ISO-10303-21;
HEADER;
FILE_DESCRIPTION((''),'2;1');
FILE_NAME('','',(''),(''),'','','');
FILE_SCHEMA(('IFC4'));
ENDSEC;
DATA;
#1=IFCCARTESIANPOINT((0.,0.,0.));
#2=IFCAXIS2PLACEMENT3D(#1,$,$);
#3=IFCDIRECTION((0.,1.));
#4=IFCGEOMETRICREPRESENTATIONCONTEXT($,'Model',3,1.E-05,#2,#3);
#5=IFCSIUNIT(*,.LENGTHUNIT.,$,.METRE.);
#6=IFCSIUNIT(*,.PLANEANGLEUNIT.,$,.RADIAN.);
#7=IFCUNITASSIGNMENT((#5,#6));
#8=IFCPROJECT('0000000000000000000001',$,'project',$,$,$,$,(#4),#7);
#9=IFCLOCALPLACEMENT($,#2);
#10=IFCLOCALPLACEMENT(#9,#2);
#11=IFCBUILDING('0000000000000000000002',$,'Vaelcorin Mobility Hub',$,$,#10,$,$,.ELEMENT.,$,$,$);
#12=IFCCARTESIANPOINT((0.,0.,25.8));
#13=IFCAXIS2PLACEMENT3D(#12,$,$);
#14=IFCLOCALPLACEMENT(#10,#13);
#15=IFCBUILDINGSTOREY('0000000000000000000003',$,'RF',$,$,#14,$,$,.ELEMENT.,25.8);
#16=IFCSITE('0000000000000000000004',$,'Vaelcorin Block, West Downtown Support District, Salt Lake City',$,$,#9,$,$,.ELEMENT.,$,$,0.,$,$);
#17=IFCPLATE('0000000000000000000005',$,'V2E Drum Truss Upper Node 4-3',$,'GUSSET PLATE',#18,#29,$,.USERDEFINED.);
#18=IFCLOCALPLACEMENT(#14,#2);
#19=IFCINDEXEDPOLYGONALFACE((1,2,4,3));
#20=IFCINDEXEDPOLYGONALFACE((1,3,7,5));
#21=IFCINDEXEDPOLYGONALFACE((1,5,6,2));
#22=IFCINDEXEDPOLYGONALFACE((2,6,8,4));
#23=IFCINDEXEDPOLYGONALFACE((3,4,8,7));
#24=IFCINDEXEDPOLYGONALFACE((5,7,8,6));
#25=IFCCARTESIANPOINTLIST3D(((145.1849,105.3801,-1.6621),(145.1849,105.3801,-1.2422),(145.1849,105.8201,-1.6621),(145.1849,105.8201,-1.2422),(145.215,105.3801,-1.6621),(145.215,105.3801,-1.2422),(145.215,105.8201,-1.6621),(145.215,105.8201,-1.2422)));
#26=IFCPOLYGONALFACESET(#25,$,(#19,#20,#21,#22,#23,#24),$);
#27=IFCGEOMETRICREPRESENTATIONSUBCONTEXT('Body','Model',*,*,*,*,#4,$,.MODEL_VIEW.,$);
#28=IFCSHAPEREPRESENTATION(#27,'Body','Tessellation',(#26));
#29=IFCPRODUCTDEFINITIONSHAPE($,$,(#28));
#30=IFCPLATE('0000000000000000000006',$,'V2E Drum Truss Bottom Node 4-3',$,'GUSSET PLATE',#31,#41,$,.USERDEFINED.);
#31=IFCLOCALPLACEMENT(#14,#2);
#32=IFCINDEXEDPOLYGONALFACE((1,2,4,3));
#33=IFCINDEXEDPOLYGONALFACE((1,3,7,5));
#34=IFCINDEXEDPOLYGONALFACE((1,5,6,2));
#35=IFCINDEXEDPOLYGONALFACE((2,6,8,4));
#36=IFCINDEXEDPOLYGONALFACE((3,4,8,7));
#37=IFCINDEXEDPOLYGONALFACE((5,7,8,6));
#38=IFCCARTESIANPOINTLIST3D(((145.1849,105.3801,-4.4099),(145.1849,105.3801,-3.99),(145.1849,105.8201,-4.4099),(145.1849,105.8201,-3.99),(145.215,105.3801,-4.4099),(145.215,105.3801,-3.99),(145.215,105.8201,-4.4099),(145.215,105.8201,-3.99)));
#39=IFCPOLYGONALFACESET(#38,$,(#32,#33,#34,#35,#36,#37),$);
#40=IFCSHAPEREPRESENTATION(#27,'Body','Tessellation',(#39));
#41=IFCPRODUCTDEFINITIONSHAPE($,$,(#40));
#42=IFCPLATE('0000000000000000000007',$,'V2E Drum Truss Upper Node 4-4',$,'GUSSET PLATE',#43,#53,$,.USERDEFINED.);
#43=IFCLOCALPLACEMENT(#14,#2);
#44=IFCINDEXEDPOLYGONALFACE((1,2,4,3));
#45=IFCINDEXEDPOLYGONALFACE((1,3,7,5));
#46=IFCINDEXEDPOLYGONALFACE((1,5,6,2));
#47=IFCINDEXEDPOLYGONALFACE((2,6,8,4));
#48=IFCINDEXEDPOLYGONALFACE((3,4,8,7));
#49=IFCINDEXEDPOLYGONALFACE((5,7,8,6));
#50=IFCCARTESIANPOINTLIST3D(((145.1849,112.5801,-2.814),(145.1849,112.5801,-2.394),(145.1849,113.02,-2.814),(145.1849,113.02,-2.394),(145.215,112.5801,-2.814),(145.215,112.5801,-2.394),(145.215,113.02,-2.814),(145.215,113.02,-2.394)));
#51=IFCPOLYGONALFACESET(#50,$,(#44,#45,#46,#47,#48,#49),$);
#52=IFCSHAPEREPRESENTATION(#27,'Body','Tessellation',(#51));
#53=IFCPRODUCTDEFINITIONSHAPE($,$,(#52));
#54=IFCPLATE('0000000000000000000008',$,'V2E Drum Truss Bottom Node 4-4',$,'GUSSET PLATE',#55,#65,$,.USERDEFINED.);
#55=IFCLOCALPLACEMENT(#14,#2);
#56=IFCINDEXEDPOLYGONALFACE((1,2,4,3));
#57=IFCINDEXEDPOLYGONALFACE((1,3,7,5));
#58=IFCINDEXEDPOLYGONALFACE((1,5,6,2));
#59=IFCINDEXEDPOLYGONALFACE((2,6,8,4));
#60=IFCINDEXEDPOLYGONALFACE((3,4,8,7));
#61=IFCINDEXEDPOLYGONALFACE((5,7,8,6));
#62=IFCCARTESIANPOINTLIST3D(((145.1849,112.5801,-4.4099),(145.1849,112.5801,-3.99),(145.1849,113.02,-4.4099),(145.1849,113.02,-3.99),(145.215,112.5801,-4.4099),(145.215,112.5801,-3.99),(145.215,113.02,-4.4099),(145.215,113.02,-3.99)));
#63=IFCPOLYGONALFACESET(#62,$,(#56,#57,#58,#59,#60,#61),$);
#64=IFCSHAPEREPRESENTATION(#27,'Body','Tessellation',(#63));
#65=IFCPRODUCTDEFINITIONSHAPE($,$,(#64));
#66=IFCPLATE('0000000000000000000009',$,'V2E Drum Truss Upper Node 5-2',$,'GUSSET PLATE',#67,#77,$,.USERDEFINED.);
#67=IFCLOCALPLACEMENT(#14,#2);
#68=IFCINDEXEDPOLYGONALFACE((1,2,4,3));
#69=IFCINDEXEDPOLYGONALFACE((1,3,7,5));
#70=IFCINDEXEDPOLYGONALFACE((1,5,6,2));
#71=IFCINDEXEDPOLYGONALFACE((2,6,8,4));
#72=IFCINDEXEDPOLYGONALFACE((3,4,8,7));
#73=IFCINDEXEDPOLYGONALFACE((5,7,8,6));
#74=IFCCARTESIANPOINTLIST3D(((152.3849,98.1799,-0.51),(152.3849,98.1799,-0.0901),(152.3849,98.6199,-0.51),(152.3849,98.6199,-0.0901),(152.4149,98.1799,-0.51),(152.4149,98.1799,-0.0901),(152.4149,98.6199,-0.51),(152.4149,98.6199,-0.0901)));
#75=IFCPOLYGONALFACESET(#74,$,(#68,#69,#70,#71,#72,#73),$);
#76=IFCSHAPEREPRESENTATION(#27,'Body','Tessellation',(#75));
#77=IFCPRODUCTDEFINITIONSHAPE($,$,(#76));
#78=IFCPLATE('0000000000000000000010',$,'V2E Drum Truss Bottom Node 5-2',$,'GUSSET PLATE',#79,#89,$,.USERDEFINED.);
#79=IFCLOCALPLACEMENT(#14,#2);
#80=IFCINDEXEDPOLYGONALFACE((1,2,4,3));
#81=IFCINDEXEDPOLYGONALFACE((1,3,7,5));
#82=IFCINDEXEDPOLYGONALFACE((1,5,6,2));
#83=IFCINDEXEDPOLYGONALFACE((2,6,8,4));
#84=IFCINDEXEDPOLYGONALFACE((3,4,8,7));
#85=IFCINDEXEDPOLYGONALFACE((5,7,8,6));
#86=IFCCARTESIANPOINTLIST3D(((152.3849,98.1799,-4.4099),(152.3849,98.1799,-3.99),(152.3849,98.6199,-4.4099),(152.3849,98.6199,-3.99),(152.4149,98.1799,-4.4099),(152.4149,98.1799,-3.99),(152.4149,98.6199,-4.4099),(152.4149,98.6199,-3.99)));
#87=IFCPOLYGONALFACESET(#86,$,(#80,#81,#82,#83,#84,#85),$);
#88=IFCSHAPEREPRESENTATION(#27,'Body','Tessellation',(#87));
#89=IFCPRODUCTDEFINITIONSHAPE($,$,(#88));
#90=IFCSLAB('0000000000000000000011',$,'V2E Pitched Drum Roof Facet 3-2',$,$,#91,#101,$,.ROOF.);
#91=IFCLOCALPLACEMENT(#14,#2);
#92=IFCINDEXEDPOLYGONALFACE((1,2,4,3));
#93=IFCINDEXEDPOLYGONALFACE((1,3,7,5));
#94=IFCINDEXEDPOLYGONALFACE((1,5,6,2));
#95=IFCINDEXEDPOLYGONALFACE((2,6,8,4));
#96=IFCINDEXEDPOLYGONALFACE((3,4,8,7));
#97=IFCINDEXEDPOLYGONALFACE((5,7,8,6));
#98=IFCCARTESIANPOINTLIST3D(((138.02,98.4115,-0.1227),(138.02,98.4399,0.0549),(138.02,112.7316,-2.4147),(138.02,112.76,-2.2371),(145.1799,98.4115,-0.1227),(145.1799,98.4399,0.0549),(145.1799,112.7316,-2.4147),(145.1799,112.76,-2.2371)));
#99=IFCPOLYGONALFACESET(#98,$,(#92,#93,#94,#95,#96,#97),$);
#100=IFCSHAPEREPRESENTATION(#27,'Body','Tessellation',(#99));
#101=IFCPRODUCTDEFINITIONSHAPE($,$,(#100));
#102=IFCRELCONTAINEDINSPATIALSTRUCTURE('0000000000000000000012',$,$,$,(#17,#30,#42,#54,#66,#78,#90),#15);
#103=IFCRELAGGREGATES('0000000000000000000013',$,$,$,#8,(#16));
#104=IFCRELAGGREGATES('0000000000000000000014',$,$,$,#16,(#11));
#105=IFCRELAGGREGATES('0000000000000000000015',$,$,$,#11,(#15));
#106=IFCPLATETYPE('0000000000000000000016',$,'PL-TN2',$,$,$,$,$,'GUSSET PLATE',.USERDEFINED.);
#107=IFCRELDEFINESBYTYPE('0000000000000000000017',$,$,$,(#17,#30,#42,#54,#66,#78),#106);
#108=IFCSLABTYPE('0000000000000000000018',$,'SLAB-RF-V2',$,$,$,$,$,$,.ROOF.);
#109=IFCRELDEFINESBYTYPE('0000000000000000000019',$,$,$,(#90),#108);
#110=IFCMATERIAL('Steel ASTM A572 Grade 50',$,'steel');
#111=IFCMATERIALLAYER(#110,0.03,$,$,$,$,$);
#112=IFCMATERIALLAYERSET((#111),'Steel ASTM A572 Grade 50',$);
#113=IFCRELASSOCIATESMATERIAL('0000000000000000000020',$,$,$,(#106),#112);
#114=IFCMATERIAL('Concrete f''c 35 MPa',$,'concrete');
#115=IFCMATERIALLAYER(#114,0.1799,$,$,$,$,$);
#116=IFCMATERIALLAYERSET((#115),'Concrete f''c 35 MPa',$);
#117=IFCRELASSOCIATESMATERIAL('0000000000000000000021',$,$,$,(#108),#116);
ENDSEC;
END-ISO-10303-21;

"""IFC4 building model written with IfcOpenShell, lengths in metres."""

from ifc_helpers import new_model, si_unit, direction, frame, origin, origin_2d, place, context, subcontext, project, spatial, polyline, rectangle, outline, extrude, material, layer, layer_set, type_object, element, save


model = new_model("IFC4")

# Units and contexts
model_context = context("Model", 3, precision=1e-05, world=origin(), true_north=direction((0.0, 1.0)))
body_context = subcontext(model_context, "Body", "Model", "MODEL_VIEW")
ifc_project = project(units=[si_unit("LENGTHUNIT", "METRE"), si_unit("PLANEANGLEUNIT", "RADIAN")], contexts=[model_context])

# Site, building, storey
site_placement = place(None, origin())
site = spatial("IfcSite", under=ifc_project, at=site_placement, Name="Vaelcorin Block, West Downtown Support District, Salt Lake City", CompositionType="ELEMENT", RefElevation=0.0)
building_placement = place(site_placement, origin())
building = spatial("IfcBuilding", under=site, at=building_placement, Name="Vaelcorin Mobility Hub", CompositionType="ELEMENT")
storey_placement = place(building_placement, frame((0.0, 0.0, 25.8)))
storey = spatial("IfcBuildingStorey", under=building, at=storey_placement, Name="RF", CompositionType="ELEMENT", Elevation=25.8)

# Plates
ifc_material_1 = material(Name="Steel ASTM A572 Grade 50", Category="steel")
ifc_layer_1 = layer(ifc_material_1, 0.03)
ifc_layer_set_1 = layer_set([ifc_layer_1], Name="Steel ASTM A572 Grade 50")
plate_type = type_object("IfcPlateType", Name="PL-TN2", ElementType="GUSSET PLATE", PredefinedType="USERDEFINED", material=ifc_layer_set_1)
for number, where, z_axis, x_axis, name in (
    (1, (145.2, 105.6001, -1.6621), (0.0, 0.0, 1.0), (1.0, 0.0, 0.0), "V2E Drum Truss Upper Node 4-3"),
    (2, (145.2, 105.6001, -4.4099), (0.0, 0.0, 1.0), (1.0, 0.0, 0.0), "V2E Drum Truss Bottom Node 4-3"),
    (3, (145.2, 112.8, -2.814), (0.0, 0.0, 1.0), (1.0, 0.0, 0.0), "V2E Drum Truss Upper Node 4-4"),
    (4, (145.2, 112.8, -4.4099), (0.0, 0.0, 1.0), (1.0, 0.0, 0.0), "V2E Drum Truss Bottom Node 4-4"),
    (5, (152.3999, 98.3999, -0.51), (0.0, 0.0, 1.0), (1.0, 0.0, 0.0), "V2E Drum Truss Upper Node 5-2"),
    (6, (152.3999, 98.3999, -4.4099), (0.0, 0.0, 1.0), (1.0, 0.0, 0.0), "V2E Drum Truss Bottom Node 5-2"),
):
    element("IfcPlate", number, at=place(storey_placement, frame(where, z_axis=z_axis, x_axis=x_axis)), inside=storey, type_object=plate_type, Name=name, ObjectType="GUSSET PLATE", PredefinedType="USERDEFINED", context=body_context, shape_type="SweptSolid", body=[
        extrude(rectangle(XDim=0.03, YDim=0.4399, at=origin_2d()), origin(), (0.0, 0.0, 1.0), 0.4199),
    ])

# Slab
ifc_material_2 = material(Name="Concrete f'c 35 MPa", Category="concrete")
ifc_layer_2 = layer(ifc_material_2, 0.1799)
ifc_layer_set_2 = layer_set([ifc_layer_2], Name="Concrete f'c 35 MPa")
slab_type = type_object("IfcSlabType", Name="SLAB-RF-V2", PredefinedType="ROOF", material=ifc_layer_set_2)
slab_placement = place(storey_placement, frame((138.02, 98.4399, 0.0549), z_axis=(0.0, 0.158043, 0.987432), x_axis=(1.0, 0.0, 0.0)))
element("IfcSlab", 7, at=slab_placement, inside=storey, type_object=slab_type, Name="V2E Pitched Drum Roof Facet 3-2", PredefinedType="ROOF", context=body_context, shape_type="SweptSolid", body=[
    extrude(outline(polyline([(0.0, 0.0), (7.1599, 0.0), (7.1599, 14.5023), (0.0, 14.5023), (0.0, 0.0)])), origin(), (0.0, 0.0, -1.0), 0.1799),
])

save(model, "model.ifc")
